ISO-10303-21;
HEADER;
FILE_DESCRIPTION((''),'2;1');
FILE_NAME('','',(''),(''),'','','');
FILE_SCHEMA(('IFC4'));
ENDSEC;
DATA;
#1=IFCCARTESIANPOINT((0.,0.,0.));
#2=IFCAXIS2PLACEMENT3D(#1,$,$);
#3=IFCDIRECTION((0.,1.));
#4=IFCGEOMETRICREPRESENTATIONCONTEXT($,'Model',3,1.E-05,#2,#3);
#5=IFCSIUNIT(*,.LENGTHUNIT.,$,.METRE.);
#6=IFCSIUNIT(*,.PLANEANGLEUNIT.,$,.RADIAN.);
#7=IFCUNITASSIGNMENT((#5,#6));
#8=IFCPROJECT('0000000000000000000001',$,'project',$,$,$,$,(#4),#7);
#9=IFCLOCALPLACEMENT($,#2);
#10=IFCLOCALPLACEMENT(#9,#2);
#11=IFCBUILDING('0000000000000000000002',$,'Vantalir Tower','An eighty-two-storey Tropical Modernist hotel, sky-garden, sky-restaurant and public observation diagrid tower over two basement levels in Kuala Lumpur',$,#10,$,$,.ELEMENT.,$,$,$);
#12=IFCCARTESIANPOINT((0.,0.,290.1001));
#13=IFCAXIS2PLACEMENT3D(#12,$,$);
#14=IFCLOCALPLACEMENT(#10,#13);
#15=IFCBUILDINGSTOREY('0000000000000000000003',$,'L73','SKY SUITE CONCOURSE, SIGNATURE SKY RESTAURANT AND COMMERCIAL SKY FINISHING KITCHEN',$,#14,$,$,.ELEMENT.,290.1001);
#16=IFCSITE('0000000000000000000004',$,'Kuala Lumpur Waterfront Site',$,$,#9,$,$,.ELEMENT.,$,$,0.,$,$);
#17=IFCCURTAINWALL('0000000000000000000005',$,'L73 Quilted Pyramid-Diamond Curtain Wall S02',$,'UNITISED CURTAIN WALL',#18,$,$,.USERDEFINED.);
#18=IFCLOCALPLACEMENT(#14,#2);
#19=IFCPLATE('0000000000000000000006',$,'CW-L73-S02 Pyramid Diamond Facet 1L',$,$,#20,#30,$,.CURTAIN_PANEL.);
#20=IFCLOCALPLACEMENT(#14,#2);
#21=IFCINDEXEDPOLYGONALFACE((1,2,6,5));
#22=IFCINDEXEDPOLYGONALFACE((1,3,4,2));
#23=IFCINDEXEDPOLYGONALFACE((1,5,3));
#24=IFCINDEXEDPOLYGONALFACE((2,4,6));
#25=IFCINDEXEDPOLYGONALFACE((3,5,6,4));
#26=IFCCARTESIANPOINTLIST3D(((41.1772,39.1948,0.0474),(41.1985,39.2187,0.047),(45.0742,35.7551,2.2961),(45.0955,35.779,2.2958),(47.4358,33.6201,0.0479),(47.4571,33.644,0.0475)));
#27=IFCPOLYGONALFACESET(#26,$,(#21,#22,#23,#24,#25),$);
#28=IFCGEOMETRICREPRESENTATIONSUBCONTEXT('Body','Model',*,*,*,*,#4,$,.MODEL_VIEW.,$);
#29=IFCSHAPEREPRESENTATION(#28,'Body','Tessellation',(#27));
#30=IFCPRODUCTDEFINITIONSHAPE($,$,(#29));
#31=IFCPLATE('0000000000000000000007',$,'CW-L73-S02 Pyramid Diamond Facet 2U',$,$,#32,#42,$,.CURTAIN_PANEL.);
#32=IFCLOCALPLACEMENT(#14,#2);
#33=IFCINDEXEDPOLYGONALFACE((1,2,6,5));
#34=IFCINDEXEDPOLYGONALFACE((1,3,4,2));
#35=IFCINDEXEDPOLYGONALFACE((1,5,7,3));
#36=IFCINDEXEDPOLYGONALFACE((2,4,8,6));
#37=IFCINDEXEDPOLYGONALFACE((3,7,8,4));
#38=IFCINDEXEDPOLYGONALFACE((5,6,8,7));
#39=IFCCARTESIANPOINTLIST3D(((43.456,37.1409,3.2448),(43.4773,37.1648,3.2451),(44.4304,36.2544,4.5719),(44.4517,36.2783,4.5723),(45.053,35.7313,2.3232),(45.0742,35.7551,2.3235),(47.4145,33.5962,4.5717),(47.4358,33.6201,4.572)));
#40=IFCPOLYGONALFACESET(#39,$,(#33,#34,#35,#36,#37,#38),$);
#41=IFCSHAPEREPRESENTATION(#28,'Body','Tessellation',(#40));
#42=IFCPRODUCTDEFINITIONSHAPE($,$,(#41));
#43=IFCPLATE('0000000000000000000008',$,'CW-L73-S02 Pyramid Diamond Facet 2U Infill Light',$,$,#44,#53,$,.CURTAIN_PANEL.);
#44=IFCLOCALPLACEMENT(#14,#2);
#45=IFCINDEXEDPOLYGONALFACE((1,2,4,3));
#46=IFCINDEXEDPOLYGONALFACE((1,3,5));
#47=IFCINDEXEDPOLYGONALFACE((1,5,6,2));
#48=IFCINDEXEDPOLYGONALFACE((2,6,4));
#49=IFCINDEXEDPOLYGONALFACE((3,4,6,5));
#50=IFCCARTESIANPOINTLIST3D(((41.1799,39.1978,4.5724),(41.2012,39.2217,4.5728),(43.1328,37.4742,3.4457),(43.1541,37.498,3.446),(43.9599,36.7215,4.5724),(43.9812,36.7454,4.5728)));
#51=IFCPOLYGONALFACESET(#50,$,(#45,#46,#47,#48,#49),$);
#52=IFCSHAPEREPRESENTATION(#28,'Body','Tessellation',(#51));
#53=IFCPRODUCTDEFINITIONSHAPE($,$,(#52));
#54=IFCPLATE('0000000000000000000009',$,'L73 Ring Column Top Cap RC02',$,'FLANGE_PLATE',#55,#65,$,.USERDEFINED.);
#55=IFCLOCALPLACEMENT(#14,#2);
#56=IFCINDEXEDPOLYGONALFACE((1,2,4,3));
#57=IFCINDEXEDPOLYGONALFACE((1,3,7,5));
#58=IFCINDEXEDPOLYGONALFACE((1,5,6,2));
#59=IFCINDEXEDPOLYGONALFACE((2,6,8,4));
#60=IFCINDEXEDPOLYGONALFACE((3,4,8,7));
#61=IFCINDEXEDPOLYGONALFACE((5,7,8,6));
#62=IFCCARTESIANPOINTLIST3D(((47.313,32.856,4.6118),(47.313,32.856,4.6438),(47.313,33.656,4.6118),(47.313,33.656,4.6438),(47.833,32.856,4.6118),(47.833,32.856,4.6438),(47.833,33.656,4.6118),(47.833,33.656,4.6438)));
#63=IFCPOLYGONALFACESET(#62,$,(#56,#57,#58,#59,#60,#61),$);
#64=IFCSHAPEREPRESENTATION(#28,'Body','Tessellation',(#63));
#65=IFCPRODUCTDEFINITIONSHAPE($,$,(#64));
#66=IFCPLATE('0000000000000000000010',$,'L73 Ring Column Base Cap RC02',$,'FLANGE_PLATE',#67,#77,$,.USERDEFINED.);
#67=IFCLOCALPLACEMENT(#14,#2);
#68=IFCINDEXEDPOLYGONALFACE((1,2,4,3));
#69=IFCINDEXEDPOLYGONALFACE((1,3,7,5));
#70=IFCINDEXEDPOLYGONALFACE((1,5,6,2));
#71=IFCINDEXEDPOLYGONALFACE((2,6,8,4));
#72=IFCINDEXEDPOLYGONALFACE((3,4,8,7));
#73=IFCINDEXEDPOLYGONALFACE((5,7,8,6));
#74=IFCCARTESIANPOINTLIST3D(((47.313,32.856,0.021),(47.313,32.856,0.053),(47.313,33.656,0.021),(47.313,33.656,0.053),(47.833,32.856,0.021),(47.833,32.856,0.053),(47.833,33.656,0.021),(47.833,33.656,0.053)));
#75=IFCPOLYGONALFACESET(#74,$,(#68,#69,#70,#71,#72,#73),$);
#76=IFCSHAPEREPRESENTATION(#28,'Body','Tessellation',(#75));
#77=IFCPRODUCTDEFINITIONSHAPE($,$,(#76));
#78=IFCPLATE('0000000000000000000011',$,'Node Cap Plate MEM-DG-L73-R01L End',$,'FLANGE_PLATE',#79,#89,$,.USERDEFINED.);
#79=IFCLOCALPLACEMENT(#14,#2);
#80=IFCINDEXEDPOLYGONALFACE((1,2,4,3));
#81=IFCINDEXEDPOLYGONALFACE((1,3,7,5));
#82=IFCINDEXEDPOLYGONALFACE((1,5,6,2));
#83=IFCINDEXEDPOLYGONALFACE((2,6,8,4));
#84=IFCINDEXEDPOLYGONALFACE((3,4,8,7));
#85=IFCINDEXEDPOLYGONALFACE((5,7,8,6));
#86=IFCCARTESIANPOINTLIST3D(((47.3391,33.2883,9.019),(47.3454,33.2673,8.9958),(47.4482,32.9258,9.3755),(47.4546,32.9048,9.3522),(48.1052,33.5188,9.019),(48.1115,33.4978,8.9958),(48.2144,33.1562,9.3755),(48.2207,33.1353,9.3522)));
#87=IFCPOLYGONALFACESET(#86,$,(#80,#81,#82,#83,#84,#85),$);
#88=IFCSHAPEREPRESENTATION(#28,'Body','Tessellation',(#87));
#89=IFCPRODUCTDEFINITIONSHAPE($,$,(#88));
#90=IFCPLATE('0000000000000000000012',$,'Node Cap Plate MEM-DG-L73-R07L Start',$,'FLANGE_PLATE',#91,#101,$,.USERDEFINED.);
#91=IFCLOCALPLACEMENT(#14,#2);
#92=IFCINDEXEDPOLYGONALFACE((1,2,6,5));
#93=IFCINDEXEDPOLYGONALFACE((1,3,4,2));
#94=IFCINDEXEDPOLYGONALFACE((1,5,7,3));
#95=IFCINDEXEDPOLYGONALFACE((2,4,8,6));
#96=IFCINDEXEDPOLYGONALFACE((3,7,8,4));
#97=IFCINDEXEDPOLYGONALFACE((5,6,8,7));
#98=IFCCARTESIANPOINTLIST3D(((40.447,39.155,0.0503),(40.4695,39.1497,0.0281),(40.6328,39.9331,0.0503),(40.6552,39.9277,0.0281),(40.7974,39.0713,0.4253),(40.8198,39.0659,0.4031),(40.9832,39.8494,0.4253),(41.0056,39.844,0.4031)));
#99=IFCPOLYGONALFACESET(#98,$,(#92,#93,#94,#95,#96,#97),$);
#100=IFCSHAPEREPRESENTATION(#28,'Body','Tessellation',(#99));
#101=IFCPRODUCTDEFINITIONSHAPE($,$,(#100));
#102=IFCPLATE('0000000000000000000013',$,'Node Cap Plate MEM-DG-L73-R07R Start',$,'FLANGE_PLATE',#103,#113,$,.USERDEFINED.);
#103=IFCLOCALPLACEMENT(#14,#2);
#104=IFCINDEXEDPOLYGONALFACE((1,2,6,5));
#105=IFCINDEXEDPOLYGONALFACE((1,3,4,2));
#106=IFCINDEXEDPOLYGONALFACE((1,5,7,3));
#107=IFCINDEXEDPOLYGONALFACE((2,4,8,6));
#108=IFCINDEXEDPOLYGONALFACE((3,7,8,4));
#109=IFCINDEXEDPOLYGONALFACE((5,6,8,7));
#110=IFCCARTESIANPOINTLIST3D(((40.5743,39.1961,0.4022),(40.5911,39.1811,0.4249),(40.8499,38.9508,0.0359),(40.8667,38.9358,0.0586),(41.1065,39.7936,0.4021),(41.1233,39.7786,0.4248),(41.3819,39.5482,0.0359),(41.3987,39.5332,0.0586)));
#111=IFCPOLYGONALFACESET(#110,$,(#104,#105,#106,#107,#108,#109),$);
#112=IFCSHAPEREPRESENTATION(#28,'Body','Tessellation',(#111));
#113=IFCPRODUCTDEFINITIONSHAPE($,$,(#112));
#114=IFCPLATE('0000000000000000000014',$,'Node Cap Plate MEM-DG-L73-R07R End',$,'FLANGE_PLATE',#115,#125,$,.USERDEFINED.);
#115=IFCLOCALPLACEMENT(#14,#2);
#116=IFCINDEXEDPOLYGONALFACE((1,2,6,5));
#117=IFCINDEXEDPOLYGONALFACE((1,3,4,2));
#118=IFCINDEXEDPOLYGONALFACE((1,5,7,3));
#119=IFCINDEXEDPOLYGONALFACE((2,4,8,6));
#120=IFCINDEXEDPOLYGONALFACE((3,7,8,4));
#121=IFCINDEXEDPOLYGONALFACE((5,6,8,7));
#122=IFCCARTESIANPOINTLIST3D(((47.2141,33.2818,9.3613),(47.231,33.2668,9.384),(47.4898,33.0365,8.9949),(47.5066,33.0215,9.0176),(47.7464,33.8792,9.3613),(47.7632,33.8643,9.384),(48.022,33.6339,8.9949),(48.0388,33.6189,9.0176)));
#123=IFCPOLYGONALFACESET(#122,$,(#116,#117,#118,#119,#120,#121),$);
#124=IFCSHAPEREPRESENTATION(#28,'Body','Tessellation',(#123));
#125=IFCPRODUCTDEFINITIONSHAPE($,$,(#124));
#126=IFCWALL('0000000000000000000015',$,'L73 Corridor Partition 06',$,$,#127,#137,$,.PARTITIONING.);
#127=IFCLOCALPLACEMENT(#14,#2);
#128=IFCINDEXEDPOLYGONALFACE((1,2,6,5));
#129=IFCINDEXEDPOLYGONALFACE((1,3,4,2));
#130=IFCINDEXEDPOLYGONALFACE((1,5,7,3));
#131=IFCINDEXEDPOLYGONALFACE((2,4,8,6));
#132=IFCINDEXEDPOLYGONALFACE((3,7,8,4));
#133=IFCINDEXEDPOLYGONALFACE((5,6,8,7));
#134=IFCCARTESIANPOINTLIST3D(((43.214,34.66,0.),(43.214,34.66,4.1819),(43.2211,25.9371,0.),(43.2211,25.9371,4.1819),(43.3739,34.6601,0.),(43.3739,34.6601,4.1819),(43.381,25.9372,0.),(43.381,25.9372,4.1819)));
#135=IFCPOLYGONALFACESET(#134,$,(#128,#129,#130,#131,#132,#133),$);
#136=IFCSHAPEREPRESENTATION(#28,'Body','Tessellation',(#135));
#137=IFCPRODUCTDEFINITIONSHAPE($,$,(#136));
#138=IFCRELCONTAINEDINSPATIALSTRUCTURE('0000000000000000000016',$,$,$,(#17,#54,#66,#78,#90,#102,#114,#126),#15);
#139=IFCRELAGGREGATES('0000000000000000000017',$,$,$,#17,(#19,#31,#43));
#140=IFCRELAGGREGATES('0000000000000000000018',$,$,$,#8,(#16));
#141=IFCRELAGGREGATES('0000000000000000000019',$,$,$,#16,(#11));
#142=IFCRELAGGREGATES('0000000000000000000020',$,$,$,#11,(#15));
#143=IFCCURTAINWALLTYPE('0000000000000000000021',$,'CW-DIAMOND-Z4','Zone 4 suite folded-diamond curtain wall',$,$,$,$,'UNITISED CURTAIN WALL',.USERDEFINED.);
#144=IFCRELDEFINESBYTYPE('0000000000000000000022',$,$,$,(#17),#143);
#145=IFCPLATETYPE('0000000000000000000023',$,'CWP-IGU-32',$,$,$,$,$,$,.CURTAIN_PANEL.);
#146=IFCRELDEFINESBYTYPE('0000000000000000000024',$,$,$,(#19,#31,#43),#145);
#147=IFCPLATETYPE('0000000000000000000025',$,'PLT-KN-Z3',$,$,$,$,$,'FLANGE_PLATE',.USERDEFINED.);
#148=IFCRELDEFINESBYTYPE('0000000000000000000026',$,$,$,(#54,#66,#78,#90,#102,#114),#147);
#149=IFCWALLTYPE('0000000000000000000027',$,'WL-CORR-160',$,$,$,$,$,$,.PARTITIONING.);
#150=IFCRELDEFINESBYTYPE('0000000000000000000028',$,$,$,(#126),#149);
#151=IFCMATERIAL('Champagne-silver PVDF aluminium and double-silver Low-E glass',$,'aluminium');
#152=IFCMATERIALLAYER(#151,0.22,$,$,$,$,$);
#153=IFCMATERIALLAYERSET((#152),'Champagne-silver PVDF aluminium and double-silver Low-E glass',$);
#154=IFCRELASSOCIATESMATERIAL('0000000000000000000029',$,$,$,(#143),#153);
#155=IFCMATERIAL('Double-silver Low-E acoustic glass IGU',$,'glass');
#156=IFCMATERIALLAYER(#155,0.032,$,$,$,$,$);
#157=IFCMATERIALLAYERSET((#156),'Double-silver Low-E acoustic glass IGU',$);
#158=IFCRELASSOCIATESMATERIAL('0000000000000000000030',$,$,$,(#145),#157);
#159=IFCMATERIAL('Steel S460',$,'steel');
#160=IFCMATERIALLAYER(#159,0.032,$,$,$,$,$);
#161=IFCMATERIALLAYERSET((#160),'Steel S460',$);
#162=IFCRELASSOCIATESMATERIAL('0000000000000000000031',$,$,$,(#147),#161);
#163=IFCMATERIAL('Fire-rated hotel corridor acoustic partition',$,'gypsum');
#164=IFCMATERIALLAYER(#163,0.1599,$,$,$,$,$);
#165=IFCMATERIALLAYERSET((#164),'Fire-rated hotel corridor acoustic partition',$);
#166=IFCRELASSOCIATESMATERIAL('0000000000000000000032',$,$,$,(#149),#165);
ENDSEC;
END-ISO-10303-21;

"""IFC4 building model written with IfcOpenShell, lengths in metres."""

from ifc_helpers import new_model, si_unit, direction, frame, frame_2d, origin, place, context, subcontext, project, spatial, polyline, rectangle, outline, extrude, material, layer, layer_set, type_object, element, aggregate, save


model = new_model("IFC4")

# Units and contexts
model_context = context("Model", 3, precision=1e-05, world=origin(), true_north=direction((0.0, 1.0)))
body_context = subcontext(model_context, "Body", "Model", "MODEL_VIEW")
ifc_project = project(units=[si_unit("LENGTHUNIT", "METRE"), si_unit("PLANEANGLEUNIT", "RADIAN")], contexts=[model_context])

# Site, building, storey
site_placement = place(None, origin())
site = spatial("IfcSite", under=ifc_project, at=site_placement, Name="Kuala Lumpur Waterfront Site", CompositionType="ELEMENT", RefElevation=0.0)
building_placement = place(site_placement, origin())
building = spatial("IfcBuilding", under=site, at=building_placement, Name="Vantalir Tower", Description="An eighty-two-storey Tropical Modernist hotel, sky-garden, sky-restaurant and public observation diagrid tower over two basement levels in Kuala Lumpur", CompositionType="ELEMENT")
storey_placement = place(building_placement, frame((0.0, 0.0, 290.1001)))
storey = spatial("IfcBuildingStorey", under=building, at=storey_placement, Name="L73", Description="SKY SUITE CONCOURSE, SIGNATURE SKY RESTAURANT AND COMMERCIAL SKY FINISHING KITCHEN", CompositionType="ELEMENT", Elevation=290.1001)

# Shared definitions
ifc_material_1 = material(Name="Steel S460", Category="steel")

# Curtain wall
ifc_material_2 = material(Name="Champagne-silver PVDF aluminium and double-silver Low-E glass", Category="aluminium")
ifc_layer_1 = layer(ifc_material_2, 0.22)
ifc_layer_set_1 = layer_set([ifc_layer_1], Name="Champagne-silver PVDF aluminium and double-silver Low-E glass")
curtain_wall_type = type_object("IfcCurtainWallType", Name="CW-DIAMOND-Z4", Description="Zone 4 suite folded-diamond curtain wall", ElementType="UNITISED CURTAIN WALL", PredefinedType="USERDEFINED", material=ifc_layer_set_1)
curtain_wall_placement = place(storey_placement, origin())
curtain_wall = element("IfcCurtainWall", 1, at=curtain_wall_placement, inside=storey, type_object=curtain_wall_type, Name="L73 Quilted Pyramid-Diamond Curtain Wall S02", ObjectType="UNITISED CURTAIN WALL", PredefinedType="USERDEFINED")

# Plates
ifc_material_3 = material(Name="Double-silver Low-E acoustic glass IGU", Category="glass")
ifc_layer_2 = layer(ifc_material_3, 0.032)
ifc_layer_set_2 = layer_set([ifc_layer_2], Name="Double-silver Low-E acoustic glass IGU")
plate_type_1 = type_object("IfcPlateType", Name="CWP-IGU-32", PredefinedType="CURTAIN_PANEL", material=ifc_layer_set_2)
plate_1_placement = place(storey_placement, frame((47.4358, 33.6201, 0.0479), z_axis=(-0.665098, -0.746683, 0.010452), x_axis=(-0.746724, 0.665134, -0.000058)))
plate_1 = element("IfcPlate", 2, at=plate_1_placement, type_object=plate_type_1, Name="CW-L73-S02 Pyramid Diamond Facet 1L", PredefinedType="CURTAIN_PANEL", context=body_context, shape_type="SweptSolid", body=[
    extrude(outline(polyline([(0.0, 0.0), (8.3813, 0.0), (3.1834, -2.2486), (0.0, 0.0)])), origin(), (0.0, 0.0, -1.0), 0.032),
])
plate_2_placement = place(storey_placement, frame((47.4358, 33.6201, 4.572), z_axis=(0.665118, 0.746666, 0.010417), x_axis=(-0.746707, 0.665154, 0.000061)))
plate_2 = element("IfcPlate", 3, at=plate_2_placement, type_object=plate_type_1, Name="CW-L73-S02 Pyramid Diamond Facet 2U", PredefinedType="CURTAIN_PANEL", context=body_context, shape_type="SweptSolid", body=[
    extrude(outline(polyline([(0.0, 0.0), (3.9964, 0.0), (5.3135, -1.3273), (3.1834, -2.2489), (0.0, 0.0)])), origin(), (0.0, 0.0, -1.0), 0.032),
])
plate_3_placement = place(storey_placement, frame((43.9812, 36.7454, 4.5728), z_axis=(0.665104, 0.746676, 0.010538), x_axis=(-0.746718, 0.665141, 0.0)))
plate_3 = element("IfcPlate", 4, at=plate_3_placement, type_object=plate_type_1, Name="CW-L73-S02 Pyramid Diamond Facet 2U Infill Light", PredefinedType="CURTAIN_PANEL", context=body_context, shape_type="SweptSolid", body=[
    extrude(outline(polyline([(0.0, 0.0), (3.723, 0.0), (1.1183, -1.1268), (0.0, 0.0)])), origin(), (0.0, 0.0, -1.0), 0.032),
])
aggregate(curtain_wall, [plate_1, plate_2, plate_3])

# Plates
ifc_layer_3 = layer(ifc_material_1, 0.032)
ifc_layer_set_3 = layer_set([ifc_layer_3], Name="Steel S460")
plate_type_2 = type_object("IfcPlateType", Name="PLT-KN-Z3", ElementType="FLANGE_PLATE", PredefinedType="USERDEFINED", material=ifc_layer_set_3)
for number, where, z_axis, x_axis, name in (
    (5, (47.313, 33.656, 4.6438), (0.0, 0.0, 1.0), (0.0, -1.0, 0.0), "L73 Ring Column Top Cap RC02"),
    (6, (47.313, 33.656, 0.053), (0.0, 0.0, 1.0), (0.0, -1.0, 0.0), "L73 Ring Column Base Cap RC02"),
):
    element("IfcPlate", number, at=place(storey_placement, frame(where, z_axis=z_axis, x_axis=x_axis)), inside=storey, type_object=plate_type_2, Name=name, ObjectType="FLANGE_PLATE", PredefinedType="USERDEFINED", context=body_context, shape_type="SweptSolid", body=[
        extrude(outline(polyline([(0.0, 0.0), (0.8, 0.0), (0.8, 0.52), (0.0, 0.52), (0.0, 0.0)])), origin(), (0.0, 0.0, -1.0), 0.032),
    ])
plate_4_placement = place(storey_placement, frame((48.1052, 33.5188, 9.019), z_axis=(-0.197466, 0.656408, 0.728105), x_axis=(-0.957608, -0.288076, 0.0)))
element("IfcPlate", 7, at=plate_4_placement, inside=storey, type_object=plate_type_2, Name="Node Cap Plate MEM-DG-L73-R01L End", ObjectType="FLANGE_PLATE", PredefinedType="USERDEFINED", context=body_context, shape_type="SweptSolid", body=[
    extrude(outline(polyline([(0.0, 0.0), (0.8, 0.0), (0.8, 0.52), (-0.0001, 0.52), (0.0, 0.0)])), origin(), (0.0, 0.0, -1.0), 0.032),
])
plate_5_placement = place(storey_placement, frame((40.6328, 39.9331, 0.0503), z_axis=(-0.701464, 0.167497, 0.692743), x_axis=(-0.232253, -0.972655, 0.0)))
element("IfcPlate", 8, at=plate_5_placement, inside=storey, type_object=plate_type_2, Name="Node Cap Plate MEM-DG-L73-R07L Start", ObjectType="FLANGE_PLATE", PredefinedType="USERDEFINED", context=body_context, shape_type="SweptSolid", body=[
    extrude(outline(polyline([(0.0, 0.0), (0.8, 0.0), (0.8, 0.52), (0.0001, 0.52), (0.0, 0.0)])), origin(), (0.0, 0.0, -1.0), 0.032),
])
plate_6_placement = place(storey_placement, frame((40.8667, 38.9358, 0.0586), z_axis=(0.526071, -0.468562, 0.709717), x_axis=(0.665069, 0.746782, 0.000057)))
element("IfcPlate", 9, at=plate_6_placement, inside=storey, type_object=plate_type_2, Name="Node Cap Plate MEM-DG-L73-R07R Start", ObjectType="FLANGE_PLATE", PredefinedType="USERDEFINED", context=body_context, shape_type="SweptSolid", body=[
    extrude(outline(polyline([(0.0, 0.0), (0.7999, 0.0), (0.8, 0.5198), (-0.0001, 0.5199), (0.0, 0.0)])), origin(), (0.0, 0.0, -1.0), 0.032),
])
plate_7_placement = place(storey_placement, frame((47.5066, 33.0215, 9.0176), z_axis=(0.526129, -0.468721, 0.70957), x_axis=(0.665197, 0.746668, 0.0)))
element("IfcPlate", 10, at=plate_7_placement, inside=storey, type_object=plate_type_2, Name="Node Cap Plate MEM-DG-L73-R07R End", ObjectType="FLANGE_PLATE", PredefinedType="USERDEFINED", context=body_context, shape_type="SweptSolid", body=[
    extrude(outline(polyline([(0.0, 0.0), (0.8001, 0.0), (0.8, 0.5201), (-0.0001, 0.5201), (0.0, 0.0)])), origin(), (0.0, 0.0, -1.0), 0.032),
])

# Wall
ifc_material_4 = material(Name="Fire-rated hotel corridor acoustic partition", Category="gypsum")
ifc_layer_4 = layer(ifc_material_4, 0.1599)
ifc_layer_set_4 = layer_set([ifc_layer_4], Name="Fire-rated hotel corridor acoustic partition")
wall_type = type_object("IfcWallType", Name="WL-CORR-160", PredefinedType="PARTITIONING", material=ifc_layer_set_4)
wall_placement = place(storey_placement, frame((43.2939, 34.6599, 0.0), z_axis=(0.0, 0.0, 1.0), x_axis=(0.000812, -1.0, 0.0)))
element("IfcWall", 11, at=wall_placement, inside=storey, type_object=wall_type, Name="L73 Corridor Partition 06", PredefinedType="PARTITIONING", context=body_context, shape_type="SweptSolid", body=[
    extrude(rectangle(XDim=8.7229, YDim=0.1599, at=frame_2d((4.3613, 0.0))), origin(), (0.0, 0.0, 1.0), 4.1819),
])

save(model, "model.ifc")
